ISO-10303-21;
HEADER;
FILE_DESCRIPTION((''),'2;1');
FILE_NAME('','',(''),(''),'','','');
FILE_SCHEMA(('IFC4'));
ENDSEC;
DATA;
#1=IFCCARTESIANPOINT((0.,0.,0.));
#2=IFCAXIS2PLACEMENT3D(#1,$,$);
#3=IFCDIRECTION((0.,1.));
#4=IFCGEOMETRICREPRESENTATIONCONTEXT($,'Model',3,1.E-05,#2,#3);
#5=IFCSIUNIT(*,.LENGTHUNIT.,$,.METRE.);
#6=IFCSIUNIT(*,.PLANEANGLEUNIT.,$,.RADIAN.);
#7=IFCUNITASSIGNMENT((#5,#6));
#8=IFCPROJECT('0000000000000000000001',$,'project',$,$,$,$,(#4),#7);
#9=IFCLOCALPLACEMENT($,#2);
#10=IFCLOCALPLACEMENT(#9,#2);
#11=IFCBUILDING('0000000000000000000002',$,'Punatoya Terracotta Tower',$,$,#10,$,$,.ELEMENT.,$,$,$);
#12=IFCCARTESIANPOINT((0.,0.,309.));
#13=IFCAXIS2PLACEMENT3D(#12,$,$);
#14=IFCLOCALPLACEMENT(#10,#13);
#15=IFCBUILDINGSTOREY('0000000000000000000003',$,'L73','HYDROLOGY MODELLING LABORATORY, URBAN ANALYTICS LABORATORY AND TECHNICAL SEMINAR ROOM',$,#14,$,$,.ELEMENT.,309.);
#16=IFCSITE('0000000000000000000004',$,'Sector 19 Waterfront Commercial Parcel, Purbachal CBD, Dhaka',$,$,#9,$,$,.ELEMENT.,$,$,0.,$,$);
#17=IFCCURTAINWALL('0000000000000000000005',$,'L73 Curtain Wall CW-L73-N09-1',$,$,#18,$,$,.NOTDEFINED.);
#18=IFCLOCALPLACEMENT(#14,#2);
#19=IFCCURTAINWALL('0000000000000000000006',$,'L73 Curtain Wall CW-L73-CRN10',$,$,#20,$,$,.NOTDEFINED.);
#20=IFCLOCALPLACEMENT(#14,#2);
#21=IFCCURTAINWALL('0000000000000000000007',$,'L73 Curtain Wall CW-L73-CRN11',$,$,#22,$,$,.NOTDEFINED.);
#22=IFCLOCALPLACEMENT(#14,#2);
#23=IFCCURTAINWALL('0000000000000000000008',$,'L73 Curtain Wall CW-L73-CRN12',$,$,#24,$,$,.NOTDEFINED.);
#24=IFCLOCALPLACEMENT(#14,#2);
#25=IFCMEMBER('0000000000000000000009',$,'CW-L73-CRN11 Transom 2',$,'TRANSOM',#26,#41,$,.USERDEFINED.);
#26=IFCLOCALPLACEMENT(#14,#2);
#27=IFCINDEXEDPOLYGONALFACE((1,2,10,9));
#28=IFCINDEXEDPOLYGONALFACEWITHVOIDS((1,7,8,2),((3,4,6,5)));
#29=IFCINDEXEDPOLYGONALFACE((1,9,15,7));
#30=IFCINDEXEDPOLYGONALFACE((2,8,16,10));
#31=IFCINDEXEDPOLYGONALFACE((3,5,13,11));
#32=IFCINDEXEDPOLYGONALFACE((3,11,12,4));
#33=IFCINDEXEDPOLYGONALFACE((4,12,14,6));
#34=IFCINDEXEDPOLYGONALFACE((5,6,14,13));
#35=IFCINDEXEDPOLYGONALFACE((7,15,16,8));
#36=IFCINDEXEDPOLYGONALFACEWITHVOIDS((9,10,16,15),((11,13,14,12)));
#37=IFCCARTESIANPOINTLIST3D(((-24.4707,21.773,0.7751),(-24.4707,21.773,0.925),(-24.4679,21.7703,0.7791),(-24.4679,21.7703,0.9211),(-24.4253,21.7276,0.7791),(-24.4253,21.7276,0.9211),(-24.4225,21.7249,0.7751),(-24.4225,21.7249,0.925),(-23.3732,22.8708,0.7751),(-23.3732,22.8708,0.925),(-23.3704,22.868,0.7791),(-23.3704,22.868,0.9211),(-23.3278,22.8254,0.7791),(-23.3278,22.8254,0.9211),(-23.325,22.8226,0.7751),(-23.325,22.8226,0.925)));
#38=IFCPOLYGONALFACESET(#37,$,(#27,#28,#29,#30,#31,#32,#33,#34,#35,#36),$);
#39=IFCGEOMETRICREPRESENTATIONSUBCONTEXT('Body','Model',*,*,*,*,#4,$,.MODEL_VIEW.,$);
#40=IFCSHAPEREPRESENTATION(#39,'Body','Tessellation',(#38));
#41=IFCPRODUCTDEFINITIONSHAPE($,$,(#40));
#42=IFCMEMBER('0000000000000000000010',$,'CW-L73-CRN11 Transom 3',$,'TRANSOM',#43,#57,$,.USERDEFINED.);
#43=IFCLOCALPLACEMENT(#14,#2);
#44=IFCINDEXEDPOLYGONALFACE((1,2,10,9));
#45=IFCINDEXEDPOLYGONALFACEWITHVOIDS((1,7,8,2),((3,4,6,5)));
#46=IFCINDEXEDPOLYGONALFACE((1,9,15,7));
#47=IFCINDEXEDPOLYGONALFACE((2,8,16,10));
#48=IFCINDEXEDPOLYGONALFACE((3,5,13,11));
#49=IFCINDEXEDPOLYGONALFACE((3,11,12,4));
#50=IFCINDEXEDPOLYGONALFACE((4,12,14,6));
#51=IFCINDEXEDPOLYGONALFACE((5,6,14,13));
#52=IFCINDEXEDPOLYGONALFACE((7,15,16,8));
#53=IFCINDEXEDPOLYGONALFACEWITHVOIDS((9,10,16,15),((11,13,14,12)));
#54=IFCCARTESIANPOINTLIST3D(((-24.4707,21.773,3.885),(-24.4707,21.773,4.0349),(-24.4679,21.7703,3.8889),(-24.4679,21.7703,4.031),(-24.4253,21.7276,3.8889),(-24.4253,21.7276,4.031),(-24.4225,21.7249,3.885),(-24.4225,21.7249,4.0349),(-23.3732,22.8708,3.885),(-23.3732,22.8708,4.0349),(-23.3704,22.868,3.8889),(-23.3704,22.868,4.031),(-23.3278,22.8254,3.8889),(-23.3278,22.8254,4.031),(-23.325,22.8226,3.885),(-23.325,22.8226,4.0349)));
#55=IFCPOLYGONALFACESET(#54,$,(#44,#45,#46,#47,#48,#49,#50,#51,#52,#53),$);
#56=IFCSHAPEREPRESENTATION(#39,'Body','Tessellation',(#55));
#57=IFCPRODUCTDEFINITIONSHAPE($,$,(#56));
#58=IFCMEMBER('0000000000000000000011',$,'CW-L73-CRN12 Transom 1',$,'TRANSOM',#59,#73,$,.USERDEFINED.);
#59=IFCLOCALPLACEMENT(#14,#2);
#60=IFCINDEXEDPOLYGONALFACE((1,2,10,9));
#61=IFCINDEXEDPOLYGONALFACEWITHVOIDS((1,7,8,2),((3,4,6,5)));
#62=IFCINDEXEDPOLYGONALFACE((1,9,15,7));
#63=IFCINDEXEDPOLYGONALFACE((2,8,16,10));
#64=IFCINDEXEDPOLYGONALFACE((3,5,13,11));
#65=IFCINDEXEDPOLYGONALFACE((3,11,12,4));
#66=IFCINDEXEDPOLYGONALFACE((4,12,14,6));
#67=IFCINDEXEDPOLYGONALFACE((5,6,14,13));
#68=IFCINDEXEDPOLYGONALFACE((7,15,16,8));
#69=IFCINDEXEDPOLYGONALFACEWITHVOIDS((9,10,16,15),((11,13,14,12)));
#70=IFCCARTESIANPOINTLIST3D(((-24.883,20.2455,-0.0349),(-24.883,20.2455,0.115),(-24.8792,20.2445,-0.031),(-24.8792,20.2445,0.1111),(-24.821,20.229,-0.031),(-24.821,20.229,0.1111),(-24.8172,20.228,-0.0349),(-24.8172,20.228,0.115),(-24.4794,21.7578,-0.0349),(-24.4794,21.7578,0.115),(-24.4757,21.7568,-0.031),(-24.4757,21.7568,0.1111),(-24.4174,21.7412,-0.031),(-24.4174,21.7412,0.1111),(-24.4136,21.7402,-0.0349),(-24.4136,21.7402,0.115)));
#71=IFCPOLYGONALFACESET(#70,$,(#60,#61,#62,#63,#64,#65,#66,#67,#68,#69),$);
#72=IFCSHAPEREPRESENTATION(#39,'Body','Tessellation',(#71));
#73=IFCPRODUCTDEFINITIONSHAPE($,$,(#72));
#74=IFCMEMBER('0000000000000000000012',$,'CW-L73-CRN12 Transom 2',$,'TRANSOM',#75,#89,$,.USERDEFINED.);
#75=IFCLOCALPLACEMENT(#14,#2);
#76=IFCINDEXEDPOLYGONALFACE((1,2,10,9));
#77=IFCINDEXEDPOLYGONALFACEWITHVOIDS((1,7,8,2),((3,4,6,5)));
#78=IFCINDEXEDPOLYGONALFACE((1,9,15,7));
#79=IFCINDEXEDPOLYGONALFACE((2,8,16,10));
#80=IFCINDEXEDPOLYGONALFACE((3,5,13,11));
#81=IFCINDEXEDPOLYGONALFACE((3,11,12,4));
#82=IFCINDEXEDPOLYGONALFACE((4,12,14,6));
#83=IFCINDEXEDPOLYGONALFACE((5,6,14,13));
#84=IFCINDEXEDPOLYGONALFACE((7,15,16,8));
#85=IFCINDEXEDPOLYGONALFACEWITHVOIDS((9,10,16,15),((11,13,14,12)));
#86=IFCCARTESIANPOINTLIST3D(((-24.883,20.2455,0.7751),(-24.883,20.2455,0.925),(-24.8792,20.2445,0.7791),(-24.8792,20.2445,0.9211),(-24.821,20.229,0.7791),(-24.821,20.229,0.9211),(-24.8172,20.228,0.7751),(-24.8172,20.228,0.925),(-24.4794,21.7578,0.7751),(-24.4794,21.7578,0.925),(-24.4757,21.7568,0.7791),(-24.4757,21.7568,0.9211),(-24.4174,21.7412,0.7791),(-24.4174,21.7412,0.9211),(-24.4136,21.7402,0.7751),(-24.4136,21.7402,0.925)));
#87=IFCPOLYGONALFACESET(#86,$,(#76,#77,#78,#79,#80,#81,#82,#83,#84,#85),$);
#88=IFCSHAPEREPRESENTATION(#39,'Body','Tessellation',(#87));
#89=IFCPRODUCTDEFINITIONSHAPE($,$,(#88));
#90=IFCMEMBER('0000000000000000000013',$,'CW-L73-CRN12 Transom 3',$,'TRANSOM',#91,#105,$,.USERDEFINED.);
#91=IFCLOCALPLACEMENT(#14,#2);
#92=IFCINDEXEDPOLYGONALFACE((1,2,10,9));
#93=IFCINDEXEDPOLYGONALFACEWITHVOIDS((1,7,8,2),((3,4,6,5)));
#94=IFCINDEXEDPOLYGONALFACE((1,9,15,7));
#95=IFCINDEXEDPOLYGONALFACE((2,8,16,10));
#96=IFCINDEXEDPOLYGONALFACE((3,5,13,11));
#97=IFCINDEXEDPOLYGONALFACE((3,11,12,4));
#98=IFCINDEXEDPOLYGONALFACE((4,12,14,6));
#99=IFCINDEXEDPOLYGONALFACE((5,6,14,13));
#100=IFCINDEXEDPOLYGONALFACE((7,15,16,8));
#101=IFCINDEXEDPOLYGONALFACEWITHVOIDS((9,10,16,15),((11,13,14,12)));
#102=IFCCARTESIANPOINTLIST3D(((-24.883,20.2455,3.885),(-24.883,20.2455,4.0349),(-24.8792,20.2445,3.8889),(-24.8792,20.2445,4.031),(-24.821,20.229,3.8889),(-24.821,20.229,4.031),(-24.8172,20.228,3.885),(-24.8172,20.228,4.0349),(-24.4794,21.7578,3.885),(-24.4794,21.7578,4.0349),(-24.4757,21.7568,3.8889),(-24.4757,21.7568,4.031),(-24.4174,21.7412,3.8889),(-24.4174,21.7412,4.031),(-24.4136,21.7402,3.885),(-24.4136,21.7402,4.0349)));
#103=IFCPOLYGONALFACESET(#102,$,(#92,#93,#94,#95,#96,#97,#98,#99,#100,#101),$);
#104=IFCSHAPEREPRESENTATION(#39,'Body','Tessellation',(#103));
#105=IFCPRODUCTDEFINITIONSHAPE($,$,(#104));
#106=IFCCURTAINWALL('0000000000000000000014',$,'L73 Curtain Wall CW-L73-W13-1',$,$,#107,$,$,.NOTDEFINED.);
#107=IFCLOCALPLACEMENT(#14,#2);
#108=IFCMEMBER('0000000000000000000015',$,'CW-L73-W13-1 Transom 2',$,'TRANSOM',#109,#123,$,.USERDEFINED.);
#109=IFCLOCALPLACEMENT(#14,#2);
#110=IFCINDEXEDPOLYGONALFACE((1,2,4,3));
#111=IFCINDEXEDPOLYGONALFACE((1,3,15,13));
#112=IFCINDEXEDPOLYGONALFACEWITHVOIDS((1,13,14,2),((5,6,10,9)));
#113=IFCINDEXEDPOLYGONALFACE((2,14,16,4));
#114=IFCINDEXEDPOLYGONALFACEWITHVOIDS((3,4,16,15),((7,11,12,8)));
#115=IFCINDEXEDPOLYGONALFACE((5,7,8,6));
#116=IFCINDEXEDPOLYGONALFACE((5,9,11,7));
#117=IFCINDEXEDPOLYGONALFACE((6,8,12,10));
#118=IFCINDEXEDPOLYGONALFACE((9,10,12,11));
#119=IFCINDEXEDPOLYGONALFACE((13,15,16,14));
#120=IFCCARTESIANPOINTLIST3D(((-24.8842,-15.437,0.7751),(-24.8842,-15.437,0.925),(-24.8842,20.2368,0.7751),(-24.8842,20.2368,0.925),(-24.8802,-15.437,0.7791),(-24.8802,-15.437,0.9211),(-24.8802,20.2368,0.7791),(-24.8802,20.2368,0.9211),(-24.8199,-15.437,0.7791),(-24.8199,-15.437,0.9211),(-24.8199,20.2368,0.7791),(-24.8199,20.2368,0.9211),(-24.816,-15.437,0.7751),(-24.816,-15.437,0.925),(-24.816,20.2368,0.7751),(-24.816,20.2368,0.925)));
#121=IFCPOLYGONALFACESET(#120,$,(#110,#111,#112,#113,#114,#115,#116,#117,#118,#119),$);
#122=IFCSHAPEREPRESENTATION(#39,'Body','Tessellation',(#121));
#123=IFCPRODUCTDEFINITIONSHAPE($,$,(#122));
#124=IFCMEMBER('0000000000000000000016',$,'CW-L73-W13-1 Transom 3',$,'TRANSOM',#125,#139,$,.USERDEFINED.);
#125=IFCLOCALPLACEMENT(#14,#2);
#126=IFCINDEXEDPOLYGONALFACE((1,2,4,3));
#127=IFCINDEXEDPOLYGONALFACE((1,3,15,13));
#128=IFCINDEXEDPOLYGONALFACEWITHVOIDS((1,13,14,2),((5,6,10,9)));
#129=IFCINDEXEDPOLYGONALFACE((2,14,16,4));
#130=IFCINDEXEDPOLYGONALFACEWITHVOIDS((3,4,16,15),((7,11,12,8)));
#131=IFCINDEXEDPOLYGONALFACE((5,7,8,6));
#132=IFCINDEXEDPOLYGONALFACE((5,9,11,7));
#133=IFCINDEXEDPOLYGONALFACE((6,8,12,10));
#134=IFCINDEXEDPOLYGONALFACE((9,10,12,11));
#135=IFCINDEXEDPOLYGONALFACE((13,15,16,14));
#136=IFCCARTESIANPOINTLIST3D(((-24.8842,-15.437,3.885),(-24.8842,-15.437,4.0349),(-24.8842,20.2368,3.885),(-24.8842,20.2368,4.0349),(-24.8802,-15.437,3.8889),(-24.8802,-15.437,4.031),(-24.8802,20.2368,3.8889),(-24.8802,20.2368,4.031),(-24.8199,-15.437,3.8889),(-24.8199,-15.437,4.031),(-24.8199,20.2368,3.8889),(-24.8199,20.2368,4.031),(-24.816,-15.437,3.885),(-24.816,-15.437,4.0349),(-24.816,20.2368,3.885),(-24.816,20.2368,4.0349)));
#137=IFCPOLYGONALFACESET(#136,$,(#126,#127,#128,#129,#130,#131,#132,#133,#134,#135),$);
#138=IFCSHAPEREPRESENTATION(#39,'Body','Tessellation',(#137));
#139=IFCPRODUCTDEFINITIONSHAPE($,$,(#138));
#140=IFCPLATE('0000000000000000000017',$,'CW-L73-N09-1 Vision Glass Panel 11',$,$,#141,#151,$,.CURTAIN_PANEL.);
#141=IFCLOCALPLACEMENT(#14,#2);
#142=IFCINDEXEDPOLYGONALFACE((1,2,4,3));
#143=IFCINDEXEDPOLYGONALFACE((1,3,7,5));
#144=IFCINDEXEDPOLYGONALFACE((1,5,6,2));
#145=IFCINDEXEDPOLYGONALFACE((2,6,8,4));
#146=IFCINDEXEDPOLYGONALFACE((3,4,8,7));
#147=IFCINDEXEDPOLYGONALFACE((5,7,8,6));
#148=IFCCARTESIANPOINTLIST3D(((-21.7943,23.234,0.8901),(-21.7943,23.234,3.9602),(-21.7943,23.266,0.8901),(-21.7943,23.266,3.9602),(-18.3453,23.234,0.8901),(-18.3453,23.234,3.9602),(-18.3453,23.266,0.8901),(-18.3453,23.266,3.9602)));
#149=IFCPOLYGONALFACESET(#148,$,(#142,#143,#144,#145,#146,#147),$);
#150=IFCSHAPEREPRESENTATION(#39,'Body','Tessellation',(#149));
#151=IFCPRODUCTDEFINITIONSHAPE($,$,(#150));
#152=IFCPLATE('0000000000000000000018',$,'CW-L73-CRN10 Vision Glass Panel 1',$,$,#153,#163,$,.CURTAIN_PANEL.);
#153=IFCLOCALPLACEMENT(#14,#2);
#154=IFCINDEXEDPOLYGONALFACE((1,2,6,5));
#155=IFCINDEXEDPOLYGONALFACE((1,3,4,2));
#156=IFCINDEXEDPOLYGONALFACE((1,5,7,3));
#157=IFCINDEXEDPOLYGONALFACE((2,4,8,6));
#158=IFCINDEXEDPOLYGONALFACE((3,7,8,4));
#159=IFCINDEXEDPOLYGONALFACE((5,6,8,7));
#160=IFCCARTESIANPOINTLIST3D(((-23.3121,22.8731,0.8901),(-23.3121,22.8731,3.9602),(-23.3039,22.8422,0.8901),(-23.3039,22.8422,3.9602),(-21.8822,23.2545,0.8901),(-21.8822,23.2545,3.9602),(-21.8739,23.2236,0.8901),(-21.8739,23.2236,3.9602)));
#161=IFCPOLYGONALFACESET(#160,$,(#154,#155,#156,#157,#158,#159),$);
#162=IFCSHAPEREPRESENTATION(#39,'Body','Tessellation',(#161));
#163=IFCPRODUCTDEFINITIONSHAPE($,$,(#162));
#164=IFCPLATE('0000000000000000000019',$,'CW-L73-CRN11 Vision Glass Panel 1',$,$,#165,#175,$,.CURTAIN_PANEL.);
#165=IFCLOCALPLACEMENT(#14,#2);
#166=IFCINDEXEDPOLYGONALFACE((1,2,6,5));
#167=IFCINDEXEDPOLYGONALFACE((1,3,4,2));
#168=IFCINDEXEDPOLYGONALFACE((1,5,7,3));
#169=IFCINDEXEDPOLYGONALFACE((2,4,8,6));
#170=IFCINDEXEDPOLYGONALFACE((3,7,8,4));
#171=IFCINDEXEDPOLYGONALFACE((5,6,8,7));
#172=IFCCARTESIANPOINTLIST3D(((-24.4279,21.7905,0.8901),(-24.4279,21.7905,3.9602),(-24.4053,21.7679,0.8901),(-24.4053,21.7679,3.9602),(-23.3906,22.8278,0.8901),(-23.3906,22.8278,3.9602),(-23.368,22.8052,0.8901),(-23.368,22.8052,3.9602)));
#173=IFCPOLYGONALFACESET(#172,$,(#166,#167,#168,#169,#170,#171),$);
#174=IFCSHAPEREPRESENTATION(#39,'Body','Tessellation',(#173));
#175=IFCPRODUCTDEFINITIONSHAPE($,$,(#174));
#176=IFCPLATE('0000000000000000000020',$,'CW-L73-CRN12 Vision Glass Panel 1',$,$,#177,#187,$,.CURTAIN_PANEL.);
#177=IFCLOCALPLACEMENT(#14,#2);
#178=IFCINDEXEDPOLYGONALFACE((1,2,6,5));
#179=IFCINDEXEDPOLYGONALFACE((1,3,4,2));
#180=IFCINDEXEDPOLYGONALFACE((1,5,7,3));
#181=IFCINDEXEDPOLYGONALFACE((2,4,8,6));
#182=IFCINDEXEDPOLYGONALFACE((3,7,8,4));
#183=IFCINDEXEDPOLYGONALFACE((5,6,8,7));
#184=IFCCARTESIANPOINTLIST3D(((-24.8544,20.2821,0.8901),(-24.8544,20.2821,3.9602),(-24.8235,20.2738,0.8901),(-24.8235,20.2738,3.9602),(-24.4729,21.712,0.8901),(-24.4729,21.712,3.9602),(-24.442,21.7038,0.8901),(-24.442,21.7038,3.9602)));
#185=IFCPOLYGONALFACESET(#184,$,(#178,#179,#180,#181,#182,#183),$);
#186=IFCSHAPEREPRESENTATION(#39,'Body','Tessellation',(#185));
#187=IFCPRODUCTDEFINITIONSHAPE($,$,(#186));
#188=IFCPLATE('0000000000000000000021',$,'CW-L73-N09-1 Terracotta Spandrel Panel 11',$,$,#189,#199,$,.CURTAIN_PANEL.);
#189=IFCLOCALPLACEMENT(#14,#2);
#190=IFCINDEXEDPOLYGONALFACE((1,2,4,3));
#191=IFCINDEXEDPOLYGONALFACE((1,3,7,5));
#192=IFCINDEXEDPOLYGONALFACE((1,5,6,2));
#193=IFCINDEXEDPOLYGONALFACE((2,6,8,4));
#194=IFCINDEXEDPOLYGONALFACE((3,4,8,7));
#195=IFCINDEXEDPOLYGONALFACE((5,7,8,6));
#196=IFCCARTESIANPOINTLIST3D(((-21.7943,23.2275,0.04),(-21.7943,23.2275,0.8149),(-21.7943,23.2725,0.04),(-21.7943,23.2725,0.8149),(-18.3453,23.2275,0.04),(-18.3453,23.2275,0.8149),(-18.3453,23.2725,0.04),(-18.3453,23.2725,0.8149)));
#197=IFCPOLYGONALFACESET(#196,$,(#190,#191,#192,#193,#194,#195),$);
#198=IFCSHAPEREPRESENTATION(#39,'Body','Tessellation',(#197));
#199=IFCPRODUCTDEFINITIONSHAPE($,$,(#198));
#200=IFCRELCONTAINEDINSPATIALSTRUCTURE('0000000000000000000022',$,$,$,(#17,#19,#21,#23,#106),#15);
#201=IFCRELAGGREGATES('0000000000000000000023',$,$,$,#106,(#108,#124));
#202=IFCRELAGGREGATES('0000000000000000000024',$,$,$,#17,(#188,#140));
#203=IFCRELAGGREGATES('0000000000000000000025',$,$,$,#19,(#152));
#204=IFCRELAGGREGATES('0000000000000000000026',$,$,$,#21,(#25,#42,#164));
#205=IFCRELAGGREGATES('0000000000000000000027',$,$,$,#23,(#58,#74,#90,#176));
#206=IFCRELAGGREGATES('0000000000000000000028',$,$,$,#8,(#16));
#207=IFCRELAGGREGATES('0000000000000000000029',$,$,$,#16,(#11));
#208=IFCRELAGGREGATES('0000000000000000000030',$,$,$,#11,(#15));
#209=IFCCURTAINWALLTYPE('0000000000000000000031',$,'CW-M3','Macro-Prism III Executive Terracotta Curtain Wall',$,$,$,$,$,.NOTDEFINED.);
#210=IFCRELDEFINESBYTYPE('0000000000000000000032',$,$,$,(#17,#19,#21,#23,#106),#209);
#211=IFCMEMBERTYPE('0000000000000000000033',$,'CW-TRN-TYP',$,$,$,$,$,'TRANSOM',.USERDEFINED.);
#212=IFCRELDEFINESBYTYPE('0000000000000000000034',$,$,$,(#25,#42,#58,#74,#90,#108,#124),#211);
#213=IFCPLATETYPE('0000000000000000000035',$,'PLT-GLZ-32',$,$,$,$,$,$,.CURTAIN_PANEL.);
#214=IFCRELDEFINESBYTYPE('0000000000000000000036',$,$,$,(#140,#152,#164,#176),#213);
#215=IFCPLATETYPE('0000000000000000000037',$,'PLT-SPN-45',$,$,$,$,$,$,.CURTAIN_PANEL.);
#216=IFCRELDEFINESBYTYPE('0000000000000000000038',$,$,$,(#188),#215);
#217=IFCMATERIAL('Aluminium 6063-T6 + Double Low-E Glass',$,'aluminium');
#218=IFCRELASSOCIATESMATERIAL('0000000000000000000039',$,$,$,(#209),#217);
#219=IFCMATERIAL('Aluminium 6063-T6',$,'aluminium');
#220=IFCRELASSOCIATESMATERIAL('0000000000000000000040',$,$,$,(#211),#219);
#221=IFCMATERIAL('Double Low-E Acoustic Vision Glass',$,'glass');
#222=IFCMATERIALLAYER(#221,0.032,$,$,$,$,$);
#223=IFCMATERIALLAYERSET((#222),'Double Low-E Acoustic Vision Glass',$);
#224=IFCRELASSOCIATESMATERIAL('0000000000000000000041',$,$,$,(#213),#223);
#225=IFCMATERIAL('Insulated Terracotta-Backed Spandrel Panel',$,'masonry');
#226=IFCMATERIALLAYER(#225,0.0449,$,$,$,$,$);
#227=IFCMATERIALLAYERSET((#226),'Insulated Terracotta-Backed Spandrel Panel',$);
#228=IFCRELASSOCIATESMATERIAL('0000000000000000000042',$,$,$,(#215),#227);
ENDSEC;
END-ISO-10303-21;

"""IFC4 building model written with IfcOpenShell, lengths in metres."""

from ifc_helpers import new_model, si_unit, direction, frame, origin, origin_2d, place, context, subcontext, project, spatial, rectangle, hollow_rectangle, extrude, material, layer, layer_set, material_profile, profile_set, type_object, element, aggregate, save


model = new_model("IFC4")

# Units and contexts
model_context = context("Model", 3, precision=1e-05, world=origin(), true_north=direction((0.0, 1.0)))
body_context = subcontext(model_context, "Body", "Model", "MODEL_VIEW")
ifc_project = project(units=[si_unit("LENGTHUNIT", "METRE"), si_unit("PLANEANGLEUNIT", "RADIAN")], contexts=[model_context])

# Site, building, storey
site_placement = place(None, origin())
site = spatial("IfcSite", under=ifc_project, at=site_placement, Name="Sector 19 Waterfront Commercial Parcel, Purbachal CBD, Dhaka", CompositionType="ELEMENT", RefElevation=0.0)
building_placement = place(site_placement, origin())
building = spatial("IfcBuilding", under=site, at=building_placement, Name="Punatoya Terracotta Tower", CompositionType="ELEMENT")
storey_placement = place(building_placement, frame((0.0, 0.0, 309.0)))
storey = spatial("IfcBuildingStorey", under=building, at=storey_placement, Name="L73", Description="HYDROLOGY MODELLING LABORATORY, URBAN ANALYTICS LABORATORY AND TECHNICAL SEMINAR ROOM", CompositionType="ELEMENT", Elevation=309.0)

# Curtain wall
ifc_material_1 = material(Name="Aluminium 6063-T6 + Double Low-E Glass", Category="aluminium")
curtain_wall_type = type_object("IfcCurtainWallType", Name="CW-M3", Description="Macro-Prism III Executive Terracotta Curtain Wall", PredefinedType="NOTDEFINED", material=ifc_material_1)
curtain_wall_1_placement = place(storey_placement, origin())
curtain_wall_1 = element("IfcCurtainWall", 1, at=curtain_wall_1_placement, inside=storey, type_object=curtain_wall_type, Name="L73 Curtain Wall CW-L73-N09-1", PredefinedType="NOTDEFINED")
ifc_material_2 = material(Name="Aluminium 6063-T6", Category="aluminium")

# Curtain walls
curtain_wall_2_placement = place(storey_placement, origin())
curtain_wall_2 = element("IfcCurtainWall", 2, at=curtain_wall_2_placement, inside=storey, type_object=curtain_wall_type, Name="L73 Curtain Wall CW-L73-CRN10", PredefinedType="NOTDEFINED")
curtain_wall_3_placement = place(storey_placement, origin())
curtain_wall_3 = element("IfcCurtainWall", 3, at=curtain_wall_3_placement, inside=storey, type_object=curtain_wall_type, Name="L73 Curtain Wall CW-L73-CRN11", PredefinedType="NOTDEFINED")
curtain_wall_4_placement = place(storey_placement, origin())
curtain_wall_4 = element("IfcCurtainWall", 4, at=curtain_wall_4_placement, inside=storey, type_object=curtain_wall_type, Name="L73 Curtain Wall CW-L73-CRN12", PredefinedType="NOTDEFINED")

# Members
ifc_material_profile_1 = material_profile(ifc_material_2, hollow_rectangle(XDim=0.0681, YDim=0.1499, WallThickness=0.0039, at=origin_2d()))
ifc_profile_set_1 = profile_set([ifc_material_profile_1], Name="Aluminium 6063-T6")
member_type_1 = type_object("IfcMemberType", Name="CW-TRN-TYP", ElementType="TRANSOM", PredefinedType="USERDEFINED", material=ifc_profile_set_1)
member_1_placement = place(storey_placement, frame((-23.3491, 22.8467, 0.8501), z_axis=(-0.707028, -0.707185, 0.0), x_axis=(0.707185, -0.707028, 0.0)))
member_1 = element("IfcMember", 5, at=member_1_placement, type_object=member_type_1, Name="CW-L73-CRN11 Transom 2", ObjectType="TRANSOM", PredefinedType="USERDEFINED", context=body_context, shape_type="SweptSolid", body=[
    extrude(hollow_rectangle(XDim=0.0681, YDim=0.1499, WallThickness=0.0039, at=origin_2d()), origin(), (0.0, 0.0, 1.0), 1.5522),
])
member_2_placement = place(storey_placement, frame((-23.3491, 22.8467, 3.96), z_axis=(-0.707028, -0.707185, 0.0), x_axis=(0.707185, -0.707028, 0.0)))
member_2 = element("IfcMember", 6, at=member_2_placement, type_object=member_type_1, Name="CW-L73-CRN11 Transom 3", ObjectType="TRANSOM", PredefinedType="USERDEFINED", context=body_context, shape_type="SweptSolid", body=[
    extrude(hollow_rectangle(XDim=0.0681, YDim=0.1499, WallThickness=0.0039, at=origin_2d()), origin(), (0.0, 0.0, 1.0), 1.5522),
])
member_3_placement = place(storey_placement, frame((-24.4465, 21.749, 0.04), z_axis=(-0.257847, -0.966186, 0.0), x_axis=(0.966186, -0.257847, 0.0)))
member_3 = element("IfcMember", 7, at=member_3_placement, type_object=member_type_1, Name="CW-L73-CRN12 Transom 1", ObjectType="TRANSOM", PredefinedType="USERDEFINED", context=body_context, shape_type="SweptSolid", body=[
    extrude(hollow_rectangle(XDim=0.0681, YDim=0.1499, WallThickness=0.0039, at=origin_2d()), origin(), (0.0, 0.0, 1.0), 1.5652),
])
member_4_placement = place(storey_placement, frame((-24.4465, 21.749, 0.8501), z_axis=(-0.257847, -0.966186, 0.0), x_axis=(0.966186, -0.257847, 0.0)))
member_4 = element("IfcMember", 8, at=member_4_placement, type_object=member_type_1, Name="CW-L73-CRN12 Transom 2", ObjectType="TRANSOM", PredefinedType="USERDEFINED", context=body_context, shape_type="SweptSolid", body=[
    extrude(hollow_rectangle(XDim=0.0681, YDim=0.1499, WallThickness=0.0039, at=origin_2d()), origin(), (0.0, 0.0, 1.0), 1.5652),
])
member_5_placement = place(storey_placement, frame((-24.4465, 21.749, 3.96), z_axis=(-0.257847, -0.966186, 0.0), x_axis=(0.966186, -0.257847, 0.0)))
member_5 = element("IfcMember", 9, at=member_5_placement, type_object=member_type_1, Name="CW-L73-CRN12 Transom 3", ObjectType="TRANSOM", PredefinedType="USERDEFINED", context=body_context, shape_type="SweptSolid", body=[
    extrude(hollow_rectangle(XDim=0.0681, YDim=0.1499, WallThickness=0.0039, at=origin_2d()), origin(), (0.0, 0.0, 1.0), 1.5652),
])

# Curtain wall, members
curtain_wall_5_placement = place(storey_placement, origin())
curtain_wall_5 = element("IfcCurtainWall", 10, at=curtain_wall_5_placement, inside=storey, type_object=curtain_wall_type, Name="L73 Curtain Wall CW-L73-W13-1", PredefinedType="NOTDEFINED")
member_6_placement = place(storey_placement, frame((-24.8501, 20.2368, 0.8501), z_axis=(0.0, -1.0, 0.0), x_axis=(1.0, 0.0, 0.0)))
member_6 = element("IfcMember", 11, at=member_6_placement, type_object=member_type_1, Name="CW-L73-W13-1 Transom 2", ObjectType="TRANSOM", PredefinedType="USERDEFINED", context=body_context, shape_type="SweptSolid", body=[
    extrude(hollow_rectangle(XDim=0.0681, YDim=0.1499, WallThickness=0.0039, at=origin_2d()), origin(), (0.0, 0.0, 1.0), 35.6738),
])
member_7_placement = place(storey_placement, frame((-24.8501, 20.2368, 3.96), z_axis=(0.0, -1.0, 0.0), x_axis=(1.0, 0.0, 0.0)))
member_7 = element("IfcMember", 12, at=member_7_placement, type_object=member_type_1, Name="CW-L73-W13-1 Transom 3", ObjectType="TRANSOM", PredefinedType="USERDEFINED", context=body_context, shape_type="SweptSolid", body=[
    extrude(hollow_rectangle(XDim=0.0681, YDim=0.1499, WallThickness=0.0039, at=origin_2d()), origin(), (0.0, 0.0, 1.0), 35.6738),
])
aggregate(curtain_wall_5, [member_6, member_7])

# Plates
ifc_material_3 = material(Name="Double Low-E Acoustic Vision Glass", Category="glass")
ifc_layer_1 = layer(ifc_material_3, 0.032)
ifc_layer_set_1 = layer_set([ifc_layer_1], Name="Double Low-E Acoustic Vision Glass")
plate_type_1 = type_object("IfcPlateType", Name="PLT-GLZ-32", PredefinedType="CURTAIN_PANEL", material=ifc_layer_set_1)
plate_1_placement = place(storey_placement, frame((-20.0698, 23.25, 0.8901), z_axis=(0.0, 0.0, 1.0), x_axis=(-1.0, 0.0, 0.0)))
plate_1 = element("IfcPlate", 13, at=plate_1_placement, type_object=plate_type_1, Name="CW-L73-N09-1 Vision Glass Panel 11", PredefinedType="CURTAIN_PANEL", context=body_context, shape_type="SweptSolid", body=[
    extrude(rectangle(XDim=3.449, YDim=0.032, at=origin_2d()), origin(), (0.0, 0.0, 1.0), 3.0701),
])
plate_2_placement = place(storey_placement, frame((-22.593, 23.0483, 0.8901), z_axis=(0.0, 0.0, 1.0), x_axis=(-0.966214, -0.257742, 0.0)))
plate_2 = element("IfcPlate", 14, at=plate_2_placement, type_object=plate_type_1, Name="CW-L73-CRN10 Vision Glass Panel 1", PredefinedType="CURTAIN_PANEL", context=body_context, shape_type="SweptSolid", body=[
    extrude(rectangle(XDim=1.48, YDim=0.032, at=origin_2d()), origin(), (0.0, 0.0, 1.0), 3.0701),
])
plate_3_placement = place(storey_placement, frame((-23.8979, 22.2979, 0.8901), z_axis=(0.0, 0.0, 1.0), x_axis=(-0.707107, -0.707107, 0.0)))
plate_3 = element("IfcPlate", 15, at=plate_3_placement, type_object=plate_type_1, Name="CW-L73-CRN11 Vision Glass Panel 1", PredefinedType="CURTAIN_PANEL", context=body_context, shape_type="SweptSolid", body=[
    extrude(rectangle(XDim=1.467, YDim=0.032, at=origin_2d()), origin(), (0.0, 0.0, 1.0), 3.0701),
])
plate_4_placement = place(storey_placement, frame((-24.6482, 20.9929, 0.8901), z_axis=(0.0, 0.0, 1.0), x_axis=(-0.257742, -0.966214, 0.0)))
plate_4 = element("IfcPlate", 16, at=plate_4_placement, type_object=plate_type_1, Name="CW-L73-CRN12 Vision Glass Panel 1", PredefinedType="CURTAIN_PANEL", context=body_context, shape_type="SweptSolid", body=[
    extrude(rectangle(XDim=1.48, YDim=0.032, at=origin_2d()), origin(), (0.0, 0.0, 1.0), 3.0701),
])
ifc_material_4 = material(Name="Insulated Terracotta-Backed Spandrel Panel", Category="masonry")
ifc_layer_2 = layer(ifc_material_4, 0.0449)
ifc_layer_set_2 = layer_set([ifc_layer_2], Name="Insulated Terracotta-Backed Spandrel Panel")
plate_type_2 = type_object("IfcPlateType", Name="PLT-SPN-45", PredefinedType="CURTAIN_PANEL", material=ifc_layer_set_2)
plate_5_placement = place(storey_placement, frame((-20.0698, 23.25, 0.04), z_axis=(0.0, 0.0, 1.0), x_axis=(-1.0, 0.0, 0.0)))
plate_5 = element("IfcPlate", 17, at=plate_5_placement, type_object=plate_type_2, Name="CW-L73-N09-1 Terracotta Spandrel Panel 11", PredefinedType="CURTAIN_PANEL", context=body_context, shape_type="SweptSolid", body=[
    extrude(rectangle(XDim=3.449, YDim=0.0449, at=origin_2d()), origin(), (0.0, 0.0, 1.0), 0.7749),
])
aggregate(curtain_wall_1, [plate_5, plate_1])
aggregate(curtain_wall_2, [plate_2])
aggregate(curtain_wall_3, [member_1, member_2, plate_3])
aggregate(curtain_wall_4, [member_3, member_4, member_5, plate_4])

save(model, "model.ifc")
